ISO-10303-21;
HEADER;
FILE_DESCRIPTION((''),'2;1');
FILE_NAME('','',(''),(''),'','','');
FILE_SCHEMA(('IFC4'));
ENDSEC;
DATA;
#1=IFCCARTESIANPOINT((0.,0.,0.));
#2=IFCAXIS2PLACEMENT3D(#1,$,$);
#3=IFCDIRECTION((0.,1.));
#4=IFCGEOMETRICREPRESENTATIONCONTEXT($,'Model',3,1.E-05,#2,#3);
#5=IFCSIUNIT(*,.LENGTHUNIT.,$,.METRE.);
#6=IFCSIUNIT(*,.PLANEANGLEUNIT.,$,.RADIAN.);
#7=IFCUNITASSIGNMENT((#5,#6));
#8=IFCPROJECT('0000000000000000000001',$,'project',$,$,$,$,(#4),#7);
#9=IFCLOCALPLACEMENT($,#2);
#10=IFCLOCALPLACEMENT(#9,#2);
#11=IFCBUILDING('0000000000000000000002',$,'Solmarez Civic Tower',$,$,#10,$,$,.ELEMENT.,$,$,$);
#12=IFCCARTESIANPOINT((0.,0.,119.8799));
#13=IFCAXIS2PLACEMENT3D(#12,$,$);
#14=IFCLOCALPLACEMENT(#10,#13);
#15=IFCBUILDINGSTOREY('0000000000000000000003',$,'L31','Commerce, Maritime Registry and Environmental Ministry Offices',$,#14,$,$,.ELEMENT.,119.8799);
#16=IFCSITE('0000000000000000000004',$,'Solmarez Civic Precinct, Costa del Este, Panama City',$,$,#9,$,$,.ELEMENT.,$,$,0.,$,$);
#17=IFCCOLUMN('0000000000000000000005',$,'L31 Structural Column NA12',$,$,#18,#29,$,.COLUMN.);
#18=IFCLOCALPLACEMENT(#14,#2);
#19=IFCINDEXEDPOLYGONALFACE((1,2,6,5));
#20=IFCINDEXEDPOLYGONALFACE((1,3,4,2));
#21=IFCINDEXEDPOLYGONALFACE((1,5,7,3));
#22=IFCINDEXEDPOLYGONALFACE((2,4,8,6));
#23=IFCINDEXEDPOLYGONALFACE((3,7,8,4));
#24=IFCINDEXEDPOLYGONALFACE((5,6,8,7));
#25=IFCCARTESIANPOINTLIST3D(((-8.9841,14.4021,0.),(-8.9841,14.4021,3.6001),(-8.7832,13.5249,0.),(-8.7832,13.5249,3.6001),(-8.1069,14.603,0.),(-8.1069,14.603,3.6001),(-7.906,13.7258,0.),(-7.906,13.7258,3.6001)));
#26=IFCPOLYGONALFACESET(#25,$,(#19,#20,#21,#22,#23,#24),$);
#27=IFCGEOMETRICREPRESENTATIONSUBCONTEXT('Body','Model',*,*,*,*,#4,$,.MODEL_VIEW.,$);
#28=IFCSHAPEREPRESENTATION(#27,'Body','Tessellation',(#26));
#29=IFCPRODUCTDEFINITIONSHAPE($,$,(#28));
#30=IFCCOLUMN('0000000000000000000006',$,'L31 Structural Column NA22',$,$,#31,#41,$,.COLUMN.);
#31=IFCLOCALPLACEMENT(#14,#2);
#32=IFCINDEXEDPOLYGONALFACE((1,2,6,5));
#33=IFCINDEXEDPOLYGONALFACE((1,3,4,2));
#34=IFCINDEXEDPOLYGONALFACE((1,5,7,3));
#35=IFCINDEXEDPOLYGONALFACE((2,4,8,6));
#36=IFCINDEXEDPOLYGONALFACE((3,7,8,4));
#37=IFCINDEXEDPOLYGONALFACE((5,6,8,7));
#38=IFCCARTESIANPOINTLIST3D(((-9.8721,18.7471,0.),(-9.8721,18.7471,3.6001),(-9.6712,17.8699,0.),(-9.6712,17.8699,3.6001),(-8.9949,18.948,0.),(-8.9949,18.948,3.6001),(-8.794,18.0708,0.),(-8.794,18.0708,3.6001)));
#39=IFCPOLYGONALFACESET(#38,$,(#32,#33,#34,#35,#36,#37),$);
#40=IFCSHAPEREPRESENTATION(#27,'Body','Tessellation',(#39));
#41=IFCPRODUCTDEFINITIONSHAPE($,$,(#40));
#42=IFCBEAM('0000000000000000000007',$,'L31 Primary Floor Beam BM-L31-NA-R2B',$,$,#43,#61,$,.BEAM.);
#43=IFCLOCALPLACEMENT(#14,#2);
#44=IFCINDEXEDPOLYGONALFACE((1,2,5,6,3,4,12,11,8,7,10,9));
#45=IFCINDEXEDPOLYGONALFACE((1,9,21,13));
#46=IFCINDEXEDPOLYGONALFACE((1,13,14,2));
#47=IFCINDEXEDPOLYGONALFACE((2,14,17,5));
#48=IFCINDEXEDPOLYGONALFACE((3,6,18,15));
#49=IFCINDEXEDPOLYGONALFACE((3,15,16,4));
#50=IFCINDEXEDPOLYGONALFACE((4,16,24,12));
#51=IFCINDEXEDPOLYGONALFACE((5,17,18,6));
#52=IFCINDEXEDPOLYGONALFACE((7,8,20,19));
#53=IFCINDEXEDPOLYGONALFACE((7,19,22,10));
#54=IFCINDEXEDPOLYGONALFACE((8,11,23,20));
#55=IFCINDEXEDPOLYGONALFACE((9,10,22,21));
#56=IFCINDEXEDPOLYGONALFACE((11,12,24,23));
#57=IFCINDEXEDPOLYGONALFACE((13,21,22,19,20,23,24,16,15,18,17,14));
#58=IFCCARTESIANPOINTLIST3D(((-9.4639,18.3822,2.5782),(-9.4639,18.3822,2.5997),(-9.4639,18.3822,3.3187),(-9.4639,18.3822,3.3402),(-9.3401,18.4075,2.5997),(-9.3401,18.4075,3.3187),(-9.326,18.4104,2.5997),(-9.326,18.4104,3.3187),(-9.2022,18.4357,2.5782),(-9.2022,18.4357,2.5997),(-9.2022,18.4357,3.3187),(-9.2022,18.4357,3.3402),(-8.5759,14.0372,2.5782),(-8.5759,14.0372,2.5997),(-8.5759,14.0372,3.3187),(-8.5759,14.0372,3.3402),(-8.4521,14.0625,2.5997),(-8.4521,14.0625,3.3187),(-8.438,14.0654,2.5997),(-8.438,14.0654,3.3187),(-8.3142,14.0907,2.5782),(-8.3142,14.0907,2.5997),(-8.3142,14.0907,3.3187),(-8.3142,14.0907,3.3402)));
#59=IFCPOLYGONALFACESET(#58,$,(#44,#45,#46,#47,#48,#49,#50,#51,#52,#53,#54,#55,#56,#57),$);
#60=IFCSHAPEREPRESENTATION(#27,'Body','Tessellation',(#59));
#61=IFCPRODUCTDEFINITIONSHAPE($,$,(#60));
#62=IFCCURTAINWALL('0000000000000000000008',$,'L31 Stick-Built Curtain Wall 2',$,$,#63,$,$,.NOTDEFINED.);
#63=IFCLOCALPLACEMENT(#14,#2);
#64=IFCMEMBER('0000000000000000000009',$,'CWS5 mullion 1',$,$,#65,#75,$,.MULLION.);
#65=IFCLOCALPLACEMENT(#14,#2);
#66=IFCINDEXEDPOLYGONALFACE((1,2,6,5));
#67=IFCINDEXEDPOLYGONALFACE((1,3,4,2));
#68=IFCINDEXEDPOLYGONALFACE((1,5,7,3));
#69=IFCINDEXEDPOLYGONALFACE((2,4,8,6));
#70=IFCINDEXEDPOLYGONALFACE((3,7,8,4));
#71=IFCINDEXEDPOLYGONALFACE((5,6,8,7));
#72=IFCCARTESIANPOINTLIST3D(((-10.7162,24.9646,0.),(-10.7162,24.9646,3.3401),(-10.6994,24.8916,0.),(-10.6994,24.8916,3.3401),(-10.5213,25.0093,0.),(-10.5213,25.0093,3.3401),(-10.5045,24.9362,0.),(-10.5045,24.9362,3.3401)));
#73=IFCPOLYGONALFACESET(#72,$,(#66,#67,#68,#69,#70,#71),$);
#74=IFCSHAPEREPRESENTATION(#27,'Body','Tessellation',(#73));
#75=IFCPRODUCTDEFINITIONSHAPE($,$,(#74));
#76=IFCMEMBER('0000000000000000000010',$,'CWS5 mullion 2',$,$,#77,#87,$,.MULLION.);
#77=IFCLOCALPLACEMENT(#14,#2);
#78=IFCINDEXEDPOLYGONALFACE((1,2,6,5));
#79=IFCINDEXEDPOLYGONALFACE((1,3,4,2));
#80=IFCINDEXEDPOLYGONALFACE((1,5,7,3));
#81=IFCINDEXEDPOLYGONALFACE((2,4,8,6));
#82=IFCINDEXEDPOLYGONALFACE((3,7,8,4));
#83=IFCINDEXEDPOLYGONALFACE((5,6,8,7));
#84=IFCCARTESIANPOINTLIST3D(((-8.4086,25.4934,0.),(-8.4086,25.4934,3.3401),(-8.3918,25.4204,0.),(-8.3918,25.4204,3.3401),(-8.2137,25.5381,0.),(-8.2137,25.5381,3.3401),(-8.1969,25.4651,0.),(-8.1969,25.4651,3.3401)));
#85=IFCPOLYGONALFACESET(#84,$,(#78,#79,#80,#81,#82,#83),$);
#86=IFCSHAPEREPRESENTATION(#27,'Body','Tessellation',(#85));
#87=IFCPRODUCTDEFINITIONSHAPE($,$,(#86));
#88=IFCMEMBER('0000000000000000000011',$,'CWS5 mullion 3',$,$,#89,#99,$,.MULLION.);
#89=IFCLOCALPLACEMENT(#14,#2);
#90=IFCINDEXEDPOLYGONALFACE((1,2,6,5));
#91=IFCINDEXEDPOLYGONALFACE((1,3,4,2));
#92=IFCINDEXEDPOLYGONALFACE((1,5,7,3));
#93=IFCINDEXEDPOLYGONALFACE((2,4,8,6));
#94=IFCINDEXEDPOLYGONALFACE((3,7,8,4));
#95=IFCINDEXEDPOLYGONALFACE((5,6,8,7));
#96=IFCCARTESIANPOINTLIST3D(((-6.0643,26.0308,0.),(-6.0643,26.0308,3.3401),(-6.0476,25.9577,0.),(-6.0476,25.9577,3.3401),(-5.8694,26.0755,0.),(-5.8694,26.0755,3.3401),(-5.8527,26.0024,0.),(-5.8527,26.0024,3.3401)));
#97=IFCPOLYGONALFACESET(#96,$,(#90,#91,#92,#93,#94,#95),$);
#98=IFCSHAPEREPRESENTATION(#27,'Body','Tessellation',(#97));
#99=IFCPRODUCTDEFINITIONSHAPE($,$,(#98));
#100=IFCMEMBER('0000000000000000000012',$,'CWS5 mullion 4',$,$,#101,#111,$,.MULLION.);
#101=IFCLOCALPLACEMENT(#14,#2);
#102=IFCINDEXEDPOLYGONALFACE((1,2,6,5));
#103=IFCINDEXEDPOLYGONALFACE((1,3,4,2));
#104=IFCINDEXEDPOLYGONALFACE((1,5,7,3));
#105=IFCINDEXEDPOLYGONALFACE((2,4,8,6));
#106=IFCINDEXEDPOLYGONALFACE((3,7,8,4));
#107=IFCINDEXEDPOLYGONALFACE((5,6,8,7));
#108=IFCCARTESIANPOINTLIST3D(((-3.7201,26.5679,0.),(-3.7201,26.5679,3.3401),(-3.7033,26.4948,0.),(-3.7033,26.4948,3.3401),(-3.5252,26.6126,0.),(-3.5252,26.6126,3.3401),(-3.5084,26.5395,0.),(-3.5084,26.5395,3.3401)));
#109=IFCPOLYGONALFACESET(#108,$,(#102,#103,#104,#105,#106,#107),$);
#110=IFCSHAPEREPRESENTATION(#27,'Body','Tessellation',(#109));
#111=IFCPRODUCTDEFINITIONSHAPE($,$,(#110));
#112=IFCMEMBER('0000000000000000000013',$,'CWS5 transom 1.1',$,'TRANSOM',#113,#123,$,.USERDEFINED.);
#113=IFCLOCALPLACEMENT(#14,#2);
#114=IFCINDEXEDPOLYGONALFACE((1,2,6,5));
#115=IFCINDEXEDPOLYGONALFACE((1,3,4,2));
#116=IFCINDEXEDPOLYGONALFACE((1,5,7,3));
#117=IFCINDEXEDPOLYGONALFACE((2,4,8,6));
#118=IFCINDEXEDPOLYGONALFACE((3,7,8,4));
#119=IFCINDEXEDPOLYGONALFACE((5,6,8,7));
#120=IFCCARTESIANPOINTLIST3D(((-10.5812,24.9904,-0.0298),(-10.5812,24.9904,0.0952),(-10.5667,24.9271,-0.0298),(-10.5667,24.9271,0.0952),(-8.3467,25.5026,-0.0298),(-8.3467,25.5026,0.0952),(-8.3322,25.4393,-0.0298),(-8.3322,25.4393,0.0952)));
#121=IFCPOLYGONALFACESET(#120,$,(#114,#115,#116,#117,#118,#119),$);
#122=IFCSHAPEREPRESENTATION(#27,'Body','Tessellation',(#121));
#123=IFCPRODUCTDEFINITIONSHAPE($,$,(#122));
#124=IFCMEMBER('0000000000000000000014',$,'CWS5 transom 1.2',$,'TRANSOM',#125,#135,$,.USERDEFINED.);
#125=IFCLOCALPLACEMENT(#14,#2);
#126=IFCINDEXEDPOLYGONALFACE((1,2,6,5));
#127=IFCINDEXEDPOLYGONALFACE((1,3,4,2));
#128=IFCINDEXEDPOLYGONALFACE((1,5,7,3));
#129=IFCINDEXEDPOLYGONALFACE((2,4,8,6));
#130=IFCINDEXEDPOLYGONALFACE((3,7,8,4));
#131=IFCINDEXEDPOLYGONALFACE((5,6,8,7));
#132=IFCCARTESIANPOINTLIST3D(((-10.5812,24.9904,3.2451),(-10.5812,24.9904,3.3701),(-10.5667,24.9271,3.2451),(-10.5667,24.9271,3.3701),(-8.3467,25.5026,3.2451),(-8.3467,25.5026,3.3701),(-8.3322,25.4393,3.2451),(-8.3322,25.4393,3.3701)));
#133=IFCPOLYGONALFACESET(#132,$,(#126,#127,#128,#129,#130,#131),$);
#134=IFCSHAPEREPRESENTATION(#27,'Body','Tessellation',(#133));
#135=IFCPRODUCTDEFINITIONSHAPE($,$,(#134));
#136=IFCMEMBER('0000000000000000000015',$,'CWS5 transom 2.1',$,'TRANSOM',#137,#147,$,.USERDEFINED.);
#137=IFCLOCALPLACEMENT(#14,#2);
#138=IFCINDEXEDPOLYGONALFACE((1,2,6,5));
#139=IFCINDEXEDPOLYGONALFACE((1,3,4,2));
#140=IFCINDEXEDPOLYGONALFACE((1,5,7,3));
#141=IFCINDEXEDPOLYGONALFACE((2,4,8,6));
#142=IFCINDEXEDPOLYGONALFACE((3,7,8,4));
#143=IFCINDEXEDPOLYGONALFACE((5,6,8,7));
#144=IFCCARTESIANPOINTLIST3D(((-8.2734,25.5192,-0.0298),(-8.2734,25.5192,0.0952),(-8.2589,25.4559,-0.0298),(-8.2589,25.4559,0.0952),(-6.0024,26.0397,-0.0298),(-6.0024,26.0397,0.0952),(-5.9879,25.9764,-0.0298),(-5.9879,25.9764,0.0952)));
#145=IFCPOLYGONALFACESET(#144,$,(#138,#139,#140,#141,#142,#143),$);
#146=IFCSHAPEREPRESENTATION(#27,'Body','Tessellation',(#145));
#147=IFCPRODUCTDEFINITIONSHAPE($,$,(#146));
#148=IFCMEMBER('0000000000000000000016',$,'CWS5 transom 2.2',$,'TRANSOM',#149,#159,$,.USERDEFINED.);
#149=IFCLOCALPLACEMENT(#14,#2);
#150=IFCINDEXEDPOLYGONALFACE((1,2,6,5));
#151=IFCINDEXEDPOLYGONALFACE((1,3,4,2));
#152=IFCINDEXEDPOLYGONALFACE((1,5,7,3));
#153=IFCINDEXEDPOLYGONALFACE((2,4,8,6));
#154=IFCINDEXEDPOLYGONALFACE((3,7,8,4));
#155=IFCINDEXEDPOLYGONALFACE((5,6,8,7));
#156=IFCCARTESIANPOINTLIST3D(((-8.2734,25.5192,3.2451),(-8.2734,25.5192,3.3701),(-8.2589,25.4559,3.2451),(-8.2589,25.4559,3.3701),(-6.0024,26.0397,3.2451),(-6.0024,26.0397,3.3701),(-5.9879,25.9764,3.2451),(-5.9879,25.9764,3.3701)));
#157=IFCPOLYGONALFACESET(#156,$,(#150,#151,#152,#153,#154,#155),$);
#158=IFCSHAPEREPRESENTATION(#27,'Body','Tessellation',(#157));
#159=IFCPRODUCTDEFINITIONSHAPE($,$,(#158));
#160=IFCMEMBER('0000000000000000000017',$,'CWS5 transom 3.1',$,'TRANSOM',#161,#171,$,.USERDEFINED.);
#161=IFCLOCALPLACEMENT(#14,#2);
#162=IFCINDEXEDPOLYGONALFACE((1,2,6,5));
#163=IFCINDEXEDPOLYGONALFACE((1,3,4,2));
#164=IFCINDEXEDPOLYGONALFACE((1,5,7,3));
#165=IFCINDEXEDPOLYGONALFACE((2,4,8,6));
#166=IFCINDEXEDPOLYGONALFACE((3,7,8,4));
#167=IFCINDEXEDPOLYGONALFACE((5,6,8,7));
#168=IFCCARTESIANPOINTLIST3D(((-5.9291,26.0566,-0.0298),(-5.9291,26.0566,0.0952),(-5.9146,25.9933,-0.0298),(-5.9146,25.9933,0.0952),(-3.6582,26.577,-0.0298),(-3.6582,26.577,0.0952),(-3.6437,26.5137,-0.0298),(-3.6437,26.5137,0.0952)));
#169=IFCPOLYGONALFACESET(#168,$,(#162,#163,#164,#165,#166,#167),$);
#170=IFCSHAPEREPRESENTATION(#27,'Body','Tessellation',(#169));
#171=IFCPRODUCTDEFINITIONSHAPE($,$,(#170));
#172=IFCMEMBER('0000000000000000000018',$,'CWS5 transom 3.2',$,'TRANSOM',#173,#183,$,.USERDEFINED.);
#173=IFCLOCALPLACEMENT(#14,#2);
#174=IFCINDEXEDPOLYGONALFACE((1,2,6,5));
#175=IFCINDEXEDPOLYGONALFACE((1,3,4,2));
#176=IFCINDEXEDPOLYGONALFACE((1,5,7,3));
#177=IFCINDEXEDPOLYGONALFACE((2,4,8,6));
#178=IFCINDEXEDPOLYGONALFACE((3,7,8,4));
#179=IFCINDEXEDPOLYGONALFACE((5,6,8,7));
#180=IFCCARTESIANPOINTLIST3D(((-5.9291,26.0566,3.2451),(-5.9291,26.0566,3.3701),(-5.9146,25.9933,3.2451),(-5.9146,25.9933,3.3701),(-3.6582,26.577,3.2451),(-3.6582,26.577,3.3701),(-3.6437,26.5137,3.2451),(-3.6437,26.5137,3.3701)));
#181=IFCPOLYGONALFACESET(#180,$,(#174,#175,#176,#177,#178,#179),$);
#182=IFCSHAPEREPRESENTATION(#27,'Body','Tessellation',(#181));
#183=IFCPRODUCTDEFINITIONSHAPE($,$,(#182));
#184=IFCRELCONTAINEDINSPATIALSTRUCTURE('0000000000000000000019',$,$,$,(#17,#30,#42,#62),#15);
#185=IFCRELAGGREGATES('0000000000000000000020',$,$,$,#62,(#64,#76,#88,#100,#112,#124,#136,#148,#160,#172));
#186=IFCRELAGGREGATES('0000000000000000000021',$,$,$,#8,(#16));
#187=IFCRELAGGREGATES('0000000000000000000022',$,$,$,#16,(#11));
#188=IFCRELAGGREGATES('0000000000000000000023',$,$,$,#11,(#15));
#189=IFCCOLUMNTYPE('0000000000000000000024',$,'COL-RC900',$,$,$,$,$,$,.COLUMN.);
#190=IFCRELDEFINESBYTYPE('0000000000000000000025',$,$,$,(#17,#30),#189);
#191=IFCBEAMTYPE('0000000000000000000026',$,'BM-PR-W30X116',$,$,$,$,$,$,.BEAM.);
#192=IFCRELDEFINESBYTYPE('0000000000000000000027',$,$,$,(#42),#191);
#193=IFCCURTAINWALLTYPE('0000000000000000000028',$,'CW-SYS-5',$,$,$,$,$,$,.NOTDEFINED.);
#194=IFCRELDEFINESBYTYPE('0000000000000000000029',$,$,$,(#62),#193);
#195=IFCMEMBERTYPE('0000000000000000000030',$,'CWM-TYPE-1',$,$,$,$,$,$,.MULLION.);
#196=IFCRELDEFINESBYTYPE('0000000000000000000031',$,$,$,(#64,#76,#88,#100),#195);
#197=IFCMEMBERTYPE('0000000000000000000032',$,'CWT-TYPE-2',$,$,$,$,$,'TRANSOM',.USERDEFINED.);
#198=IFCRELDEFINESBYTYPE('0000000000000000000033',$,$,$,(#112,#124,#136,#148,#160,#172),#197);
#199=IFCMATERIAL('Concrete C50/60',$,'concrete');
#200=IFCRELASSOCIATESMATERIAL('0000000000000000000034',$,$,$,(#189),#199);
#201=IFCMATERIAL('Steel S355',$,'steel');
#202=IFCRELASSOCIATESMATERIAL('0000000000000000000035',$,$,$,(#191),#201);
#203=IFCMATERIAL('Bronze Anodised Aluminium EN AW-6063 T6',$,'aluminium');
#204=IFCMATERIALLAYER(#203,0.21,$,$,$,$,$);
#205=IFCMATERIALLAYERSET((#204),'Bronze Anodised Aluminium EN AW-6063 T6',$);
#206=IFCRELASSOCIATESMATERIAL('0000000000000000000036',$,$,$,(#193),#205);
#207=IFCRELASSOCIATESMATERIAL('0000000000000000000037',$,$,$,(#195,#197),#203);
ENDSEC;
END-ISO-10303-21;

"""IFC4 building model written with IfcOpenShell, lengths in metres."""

from ifc_helpers import new_model, si_unit, direction, frame, origin, origin_2d, place, context, subcontext, project, spatial, rectangle, i_section, extrude, material, layer, layer_set, material_profile, profile_set, type_object, element, aggregate, save


model = new_model("IFC4")

# Units and contexts
model_context = context("Model", 3, precision=1e-05, world=origin(), true_north=direction((0.0, 1.0)))
body_context = subcontext(model_context, "Body", "Model", "MODEL_VIEW")
ifc_project = project(units=[si_unit("LENGTHUNIT", "METRE"), si_unit("PLANEANGLEUNIT", "RADIAN")], contexts=[model_context])

# Site, building, storey
site_placement = place(None, origin())
site = spatial("IfcSite", under=ifc_project, at=site_placement, Name="Solmarez Civic Precinct, Costa del Este, Panama City", CompositionType="ELEMENT", RefElevation=0.0)
building_placement = place(site_placement, origin())
building = spatial("IfcBuilding", under=site, at=building_placement, Name="Solmarez Civic Tower", CompositionType="ELEMENT")
storey_placement = place(building_placement, frame((0.0, 0.0, 119.8799)))
storey = spatial("IfcBuildingStorey", under=building, at=storey_placement, Name="L31", Description="Commerce, Maritime Registry and Environmental Ministry Offices", CompositionType="ELEMENT", Elevation=119.8799)

# Columns
ifc_material_1 = material(Name="Concrete C50/60", Category="concrete")
ifc_material_profile_1 = material_profile(ifc_material_1, rectangle(XDim=0.8999, YDim=0.8999, at=origin_2d()), Name="RC900X900")
ifc_profile_set_1 = profile_set([ifc_material_profile_1], Name="Concrete C50/60")
column_type = type_object("IfcColumnType", Name="COL-RC900", PredefinedType="COLUMN", material=ifc_profile_set_1)
for number, where, z_axis, x_axis, name in (
    (1, (-8.4451, 14.064, 0.0), (0.0, 0.0, 1.0), (0.974761, 0.22325, 0.0), "L31 Structural Column NA12"),
    (2, (-9.333, 18.4089, 0.0), (0.0, 0.0, 1.0), (0.974761, 0.22325, 0.0), "L31 Structural Column NA22"),
):
    element("IfcColumn", number, at=place(storey_placement, frame(where, z_axis=z_axis, x_axis=x_axis)), inside=storey, type_object=column_type, Name=name, PredefinedType="COLUMN", context=body_context, shape_type="SweptSolid", body=[
        extrude(rectangle(XDim=0.8999, YDim=0.8999, at=origin_2d()), origin(), (0.0, 0.0, 1.0), 3.6001),
    ])

# Beam
ifc_material_2 = material(Name="Steel S355", Category="steel")
ifc_material_profile_2 = material_profile(ifc_material_2, i_section(OverallWidth=0.2671, OverallDepth=0.762, WebThickness=0.0144, FlangeThickness=0.0215, at=origin_2d()), Name="W30X116")
ifc_profile_set_2 = profile_set([ifc_material_profile_2], Name="Steel S355")
beam_type = type_object("IfcBeamType", Name="BM-PR-W30X116", PredefinedType="BEAM", material=ifc_profile_set_2)
beam_placement = place(storey_placement, frame((-8.4451, 14.064, 2.9592), z_axis=(-0.200222, 0.979751, 0.0), x_axis=(-0.979751, -0.200222, 0.0)))
element("IfcBeam", 3, at=beam_placement, inside=storey, type_object=beam_type, Name="L31 Primary Floor Beam BM-L31-NA-R2B", PredefinedType="BEAM", context=body_context, shape_type="SweptSolid", body=[
    extrude(i_section(OverallWidth=0.2671, OverallDepth=0.762, WebThickness=0.0144, FlangeThickness=0.0215, at=origin_2d()), origin(), (0.0, 0.0, 1.0), 4.4348),
])

# Curtain wall, members
ifc_material_3 = material(Name="Bronze Anodised Aluminium EN AW-6063 T6", Category="aluminium")
ifc_layer_1 = layer(ifc_material_3, 0.21)
ifc_layer_set_1 = layer_set([ifc_layer_1], Name="Bronze Anodised Aluminium EN AW-6063 T6")
curtain_wall_type = type_object("IfcCurtainWallType", Name="CW-SYS-5", PredefinedType="NOTDEFINED", material=ifc_layer_set_1)
curtain_wall_placement = place(storey_placement, origin())
curtain_wall = element("IfcCurtainWall", 4, at=curtain_wall_placement, inside=storey, type_object=curtain_wall_type, Name="L31 Stick-Built Curtain Wall 2", PredefinedType="NOTDEFINED")
ifc_material_profile_3 = material_profile(ifc_material_3, rectangle(XDim=0.075, YDim=0.2, at=origin_2d()), Name="CWM-75X200")
ifc_profile_set_3 = profile_set([ifc_material_profile_3], Name="Bronze Anodised Aluminium EN AW-6063 T6")
member_type_1 = type_object("IfcMemberType", Name="CWM-TYPE-1", PredefinedType="MULLION", material=ifc_profile_set_3)
member_1_placement = place(storey_placement, frame((-10.6104, 24.9504, 0.0), z_axis=(0.0, 0.0, 1.0), x_axis=(-0.223386, 0.97473, 0.0)))
member_1 = element("IfcMember", 5, at=member_1_placement, type_object=member_type_1, Name="CWS5 mullion 1", PredefinedType="MULLION", context=body_context, shape_type="SweptSolid", body=[
    extrude(rectangle(XDim=0.075, YDim=0.2, at=origin_2d()), origin(), (0.0, 0.0, 1.0), 3.3401),
])
member_2_placement = place(storey_placement, frame((-8.3027, 25.4792, 0.0), z_axis=(0.0, 0.0, 1.0), x_axis=(-0.223386, 0.97473, 0.0)))
member_2 = element("IfcMember", 6, at=member_2_placement, type_object=member_type_1, Name="CWS5 mullion 2", PredefinedType="MULLION", context=body_context, shape_type="SweptSolid", body=[
    extrude(rectangle(XDim=0.075, YDim=0.2, at=origin_2d()), origin(), (0.0, 0.0, 1.0), 3.3401),
])
member_3_placement = place(storey_placement, frame((-5.9585, 26.0166, 0.0), z_axis=(0.0, 0.0, 1.0), x_axis=(-0.223386, 0.97473, 0.0)))
member_3 = element("IfcMember", 7, at=member_3_placement, type_object=member_type_1, Name="CWS5 mullion 3", PredefinedType="MULLION", context=body_context, shape_type="SweptSolid", body=[
    extrude(rectangle(XDim=0.075, YDim=0.2, at=origin_2d()), origin(), (0.0, 0.0, 1.0), 3.3401),
])
member_4_placement = place(storey_placement, frame((-3.6143, 26.5537, 0.0), z_axis=(0.0, 0.0, 1.0), x_axis=(-0.223386, 0.97473, 0.0)))
member_4 = element("IfcMember", 8, at=member_4_placement, type_object=member_type_1, Name="CWS5 mullion 4", PredefinedType="MULLION", context=body_context, shape_type="SweptSolid", body=[
    extrude(rectangle(XDim=0.075, YDim=0.2, at=origin_2d()), origin(), (0.0, 0.0, 1.0), 3.3401),
])
ifc_material_profile_4 = material_profile(ifc_material_3, rectangle(XDim=0.0649, YDim=0.125, at=origin_2d()), Name="CWT-65X125")
ifc_profile_set_4 = profile_set([ifc_material_profile_4], Name="Bronze Anodised Aluminium EN AW-6063 T6")
member_type_2 = type_object("IfcMemberType", Name="CWT-TYPE-2", ElementType="TRANSOM", PredefinedType="USERDEFINED", material=ifc_profile_set_4)
member_5_placement = place(storey_placement, frame((-10.574, 24.9587, 0.0327), z_axis=(0.974722, 0.22342, 0.0), x_axis=(-0.22342, 0.974722, 0.0)))
member_5 = element("IfcMember", 9, at=member_5_placement, type_object=member_type_2, Name="CWS5 transom 1.1", ObjectType="TRANSOM", PredefinedType="USERDEFINED", context=body_context, shape_type="SweptSolid", body=[
    extrude(rectangle(XDim=0.0649, YDim=0.125, at=origin_2d()), origin(), (0.0, 0.0, 1.0), 2.2925),
])
member_6_placement = place(storey_placement, frame((-10.574, 24.9587, 3.3076), z_axis=(0.974722, 0.22342, 0.0), x_axis=(-0.22342, 0.974722, 0.0)))
member_6 = element("IfcMember", 10, at=member_6_placement, type_object=member_type_2, Name="CWS5 transom 1.2", ObjectType="TRANSOM", PredefinedType="USERDEFINED", context=body_context, shape_type="SweptSolid", body=[
    extrude(rectangle(XDim=0.0649, YDim=0.125, at=origin_2d()), origin(), (0.0, 0.0, 1.0), 2.2925),
])
member_7_placement = place(storey_placement, frame((-8.2661, 25.4875, 0.0327), z_axis=(0.974726, 0.223405, 0.0), x_axis=(-0.223405, 0.974726, 0.0)))
member_7 = element("IfcMember", 11, at=member_7_placement, type_object=member_type_2, Name="CWS5 transom 2.1", ObjectType="TRANSOM", PredefinedType="USERDEFINED", context=body_context, shape_type="SweptSolid", body=[
    extrude(rectangle(XDim=0.0649, YDim=0.125, at=origin_2d()), origin(), (0.0, 0.0, 1.0), 2.3298),
])
member_8_placement = place(storey_placement, frame((-8.2661, 25.4875, 3.3076), z_axis=(0.974726, 0.223405, 0.0), x_axis=(-0.223405, 0.974726, 0.0)))
member_8 = element("IfcMember", 12, at=member_8_placement, type_object=member_type_2, Name="CWS5 transom 2.2", ObjectType="TRANSOM", PredefinedType="USERDEFINED", context=body_context, shape_type="SweptSolid", body=[
    extrude(rectangle(XDim=0.0649, YDim=0.125, at=origin_2d()), origin(), (0.0, 0.0, 1.0), 2.3298),
])
member_9_placement = place(storey_placement, frame((-5.9219, 26.0249, 0.0327), z_axis=(0.974726, 0.223405, 0.0), x_axis=(-0.223405, 0.974726, 0.0)))
member_9 = element("IfcMember", 13, at=member_9_placement, type_object=member_type_2, Name="CWS5 transom 3.1", ObjectType="TRANSOM", PredefinedType="USERDEFINED", context=body_context, shape_type="SweptSolid", body=[
    extrude(rectangle(XDim=0.0649, YDim=0.125, at=origin_2d()), origin(), (0.0, 0.0, 1.0), 2.3298),
])
member_10_placement = place(storey_placement, frame((-5.9219, 26.0249, 3.3076), z_axis=(0.974726, 0.223405, 0.0), x_axis=(-0.223405, 0.974726, 0.0)))
member_10 = element("IfcMember", 14, at=member_10_placement, type_object=member_type_2, Name="CWS5 transom 3.2", ObjectType="TRANSOM", PredefinedType="USERDEFINED", context=body_context, shape_type="SweptSolid", body=[
    extrude(rectangle(XDim=0.0649, YDim=0.125, at=origin_2d()), origin(), (0.0, 0.0, 1.0), 2.3298),
])
aggregate(curtain_wall, [member_1, member_2, member_3, member_4, member_5, member_6, member_7, member_8, member_9, member_10])

save(model, "model.ifc")
